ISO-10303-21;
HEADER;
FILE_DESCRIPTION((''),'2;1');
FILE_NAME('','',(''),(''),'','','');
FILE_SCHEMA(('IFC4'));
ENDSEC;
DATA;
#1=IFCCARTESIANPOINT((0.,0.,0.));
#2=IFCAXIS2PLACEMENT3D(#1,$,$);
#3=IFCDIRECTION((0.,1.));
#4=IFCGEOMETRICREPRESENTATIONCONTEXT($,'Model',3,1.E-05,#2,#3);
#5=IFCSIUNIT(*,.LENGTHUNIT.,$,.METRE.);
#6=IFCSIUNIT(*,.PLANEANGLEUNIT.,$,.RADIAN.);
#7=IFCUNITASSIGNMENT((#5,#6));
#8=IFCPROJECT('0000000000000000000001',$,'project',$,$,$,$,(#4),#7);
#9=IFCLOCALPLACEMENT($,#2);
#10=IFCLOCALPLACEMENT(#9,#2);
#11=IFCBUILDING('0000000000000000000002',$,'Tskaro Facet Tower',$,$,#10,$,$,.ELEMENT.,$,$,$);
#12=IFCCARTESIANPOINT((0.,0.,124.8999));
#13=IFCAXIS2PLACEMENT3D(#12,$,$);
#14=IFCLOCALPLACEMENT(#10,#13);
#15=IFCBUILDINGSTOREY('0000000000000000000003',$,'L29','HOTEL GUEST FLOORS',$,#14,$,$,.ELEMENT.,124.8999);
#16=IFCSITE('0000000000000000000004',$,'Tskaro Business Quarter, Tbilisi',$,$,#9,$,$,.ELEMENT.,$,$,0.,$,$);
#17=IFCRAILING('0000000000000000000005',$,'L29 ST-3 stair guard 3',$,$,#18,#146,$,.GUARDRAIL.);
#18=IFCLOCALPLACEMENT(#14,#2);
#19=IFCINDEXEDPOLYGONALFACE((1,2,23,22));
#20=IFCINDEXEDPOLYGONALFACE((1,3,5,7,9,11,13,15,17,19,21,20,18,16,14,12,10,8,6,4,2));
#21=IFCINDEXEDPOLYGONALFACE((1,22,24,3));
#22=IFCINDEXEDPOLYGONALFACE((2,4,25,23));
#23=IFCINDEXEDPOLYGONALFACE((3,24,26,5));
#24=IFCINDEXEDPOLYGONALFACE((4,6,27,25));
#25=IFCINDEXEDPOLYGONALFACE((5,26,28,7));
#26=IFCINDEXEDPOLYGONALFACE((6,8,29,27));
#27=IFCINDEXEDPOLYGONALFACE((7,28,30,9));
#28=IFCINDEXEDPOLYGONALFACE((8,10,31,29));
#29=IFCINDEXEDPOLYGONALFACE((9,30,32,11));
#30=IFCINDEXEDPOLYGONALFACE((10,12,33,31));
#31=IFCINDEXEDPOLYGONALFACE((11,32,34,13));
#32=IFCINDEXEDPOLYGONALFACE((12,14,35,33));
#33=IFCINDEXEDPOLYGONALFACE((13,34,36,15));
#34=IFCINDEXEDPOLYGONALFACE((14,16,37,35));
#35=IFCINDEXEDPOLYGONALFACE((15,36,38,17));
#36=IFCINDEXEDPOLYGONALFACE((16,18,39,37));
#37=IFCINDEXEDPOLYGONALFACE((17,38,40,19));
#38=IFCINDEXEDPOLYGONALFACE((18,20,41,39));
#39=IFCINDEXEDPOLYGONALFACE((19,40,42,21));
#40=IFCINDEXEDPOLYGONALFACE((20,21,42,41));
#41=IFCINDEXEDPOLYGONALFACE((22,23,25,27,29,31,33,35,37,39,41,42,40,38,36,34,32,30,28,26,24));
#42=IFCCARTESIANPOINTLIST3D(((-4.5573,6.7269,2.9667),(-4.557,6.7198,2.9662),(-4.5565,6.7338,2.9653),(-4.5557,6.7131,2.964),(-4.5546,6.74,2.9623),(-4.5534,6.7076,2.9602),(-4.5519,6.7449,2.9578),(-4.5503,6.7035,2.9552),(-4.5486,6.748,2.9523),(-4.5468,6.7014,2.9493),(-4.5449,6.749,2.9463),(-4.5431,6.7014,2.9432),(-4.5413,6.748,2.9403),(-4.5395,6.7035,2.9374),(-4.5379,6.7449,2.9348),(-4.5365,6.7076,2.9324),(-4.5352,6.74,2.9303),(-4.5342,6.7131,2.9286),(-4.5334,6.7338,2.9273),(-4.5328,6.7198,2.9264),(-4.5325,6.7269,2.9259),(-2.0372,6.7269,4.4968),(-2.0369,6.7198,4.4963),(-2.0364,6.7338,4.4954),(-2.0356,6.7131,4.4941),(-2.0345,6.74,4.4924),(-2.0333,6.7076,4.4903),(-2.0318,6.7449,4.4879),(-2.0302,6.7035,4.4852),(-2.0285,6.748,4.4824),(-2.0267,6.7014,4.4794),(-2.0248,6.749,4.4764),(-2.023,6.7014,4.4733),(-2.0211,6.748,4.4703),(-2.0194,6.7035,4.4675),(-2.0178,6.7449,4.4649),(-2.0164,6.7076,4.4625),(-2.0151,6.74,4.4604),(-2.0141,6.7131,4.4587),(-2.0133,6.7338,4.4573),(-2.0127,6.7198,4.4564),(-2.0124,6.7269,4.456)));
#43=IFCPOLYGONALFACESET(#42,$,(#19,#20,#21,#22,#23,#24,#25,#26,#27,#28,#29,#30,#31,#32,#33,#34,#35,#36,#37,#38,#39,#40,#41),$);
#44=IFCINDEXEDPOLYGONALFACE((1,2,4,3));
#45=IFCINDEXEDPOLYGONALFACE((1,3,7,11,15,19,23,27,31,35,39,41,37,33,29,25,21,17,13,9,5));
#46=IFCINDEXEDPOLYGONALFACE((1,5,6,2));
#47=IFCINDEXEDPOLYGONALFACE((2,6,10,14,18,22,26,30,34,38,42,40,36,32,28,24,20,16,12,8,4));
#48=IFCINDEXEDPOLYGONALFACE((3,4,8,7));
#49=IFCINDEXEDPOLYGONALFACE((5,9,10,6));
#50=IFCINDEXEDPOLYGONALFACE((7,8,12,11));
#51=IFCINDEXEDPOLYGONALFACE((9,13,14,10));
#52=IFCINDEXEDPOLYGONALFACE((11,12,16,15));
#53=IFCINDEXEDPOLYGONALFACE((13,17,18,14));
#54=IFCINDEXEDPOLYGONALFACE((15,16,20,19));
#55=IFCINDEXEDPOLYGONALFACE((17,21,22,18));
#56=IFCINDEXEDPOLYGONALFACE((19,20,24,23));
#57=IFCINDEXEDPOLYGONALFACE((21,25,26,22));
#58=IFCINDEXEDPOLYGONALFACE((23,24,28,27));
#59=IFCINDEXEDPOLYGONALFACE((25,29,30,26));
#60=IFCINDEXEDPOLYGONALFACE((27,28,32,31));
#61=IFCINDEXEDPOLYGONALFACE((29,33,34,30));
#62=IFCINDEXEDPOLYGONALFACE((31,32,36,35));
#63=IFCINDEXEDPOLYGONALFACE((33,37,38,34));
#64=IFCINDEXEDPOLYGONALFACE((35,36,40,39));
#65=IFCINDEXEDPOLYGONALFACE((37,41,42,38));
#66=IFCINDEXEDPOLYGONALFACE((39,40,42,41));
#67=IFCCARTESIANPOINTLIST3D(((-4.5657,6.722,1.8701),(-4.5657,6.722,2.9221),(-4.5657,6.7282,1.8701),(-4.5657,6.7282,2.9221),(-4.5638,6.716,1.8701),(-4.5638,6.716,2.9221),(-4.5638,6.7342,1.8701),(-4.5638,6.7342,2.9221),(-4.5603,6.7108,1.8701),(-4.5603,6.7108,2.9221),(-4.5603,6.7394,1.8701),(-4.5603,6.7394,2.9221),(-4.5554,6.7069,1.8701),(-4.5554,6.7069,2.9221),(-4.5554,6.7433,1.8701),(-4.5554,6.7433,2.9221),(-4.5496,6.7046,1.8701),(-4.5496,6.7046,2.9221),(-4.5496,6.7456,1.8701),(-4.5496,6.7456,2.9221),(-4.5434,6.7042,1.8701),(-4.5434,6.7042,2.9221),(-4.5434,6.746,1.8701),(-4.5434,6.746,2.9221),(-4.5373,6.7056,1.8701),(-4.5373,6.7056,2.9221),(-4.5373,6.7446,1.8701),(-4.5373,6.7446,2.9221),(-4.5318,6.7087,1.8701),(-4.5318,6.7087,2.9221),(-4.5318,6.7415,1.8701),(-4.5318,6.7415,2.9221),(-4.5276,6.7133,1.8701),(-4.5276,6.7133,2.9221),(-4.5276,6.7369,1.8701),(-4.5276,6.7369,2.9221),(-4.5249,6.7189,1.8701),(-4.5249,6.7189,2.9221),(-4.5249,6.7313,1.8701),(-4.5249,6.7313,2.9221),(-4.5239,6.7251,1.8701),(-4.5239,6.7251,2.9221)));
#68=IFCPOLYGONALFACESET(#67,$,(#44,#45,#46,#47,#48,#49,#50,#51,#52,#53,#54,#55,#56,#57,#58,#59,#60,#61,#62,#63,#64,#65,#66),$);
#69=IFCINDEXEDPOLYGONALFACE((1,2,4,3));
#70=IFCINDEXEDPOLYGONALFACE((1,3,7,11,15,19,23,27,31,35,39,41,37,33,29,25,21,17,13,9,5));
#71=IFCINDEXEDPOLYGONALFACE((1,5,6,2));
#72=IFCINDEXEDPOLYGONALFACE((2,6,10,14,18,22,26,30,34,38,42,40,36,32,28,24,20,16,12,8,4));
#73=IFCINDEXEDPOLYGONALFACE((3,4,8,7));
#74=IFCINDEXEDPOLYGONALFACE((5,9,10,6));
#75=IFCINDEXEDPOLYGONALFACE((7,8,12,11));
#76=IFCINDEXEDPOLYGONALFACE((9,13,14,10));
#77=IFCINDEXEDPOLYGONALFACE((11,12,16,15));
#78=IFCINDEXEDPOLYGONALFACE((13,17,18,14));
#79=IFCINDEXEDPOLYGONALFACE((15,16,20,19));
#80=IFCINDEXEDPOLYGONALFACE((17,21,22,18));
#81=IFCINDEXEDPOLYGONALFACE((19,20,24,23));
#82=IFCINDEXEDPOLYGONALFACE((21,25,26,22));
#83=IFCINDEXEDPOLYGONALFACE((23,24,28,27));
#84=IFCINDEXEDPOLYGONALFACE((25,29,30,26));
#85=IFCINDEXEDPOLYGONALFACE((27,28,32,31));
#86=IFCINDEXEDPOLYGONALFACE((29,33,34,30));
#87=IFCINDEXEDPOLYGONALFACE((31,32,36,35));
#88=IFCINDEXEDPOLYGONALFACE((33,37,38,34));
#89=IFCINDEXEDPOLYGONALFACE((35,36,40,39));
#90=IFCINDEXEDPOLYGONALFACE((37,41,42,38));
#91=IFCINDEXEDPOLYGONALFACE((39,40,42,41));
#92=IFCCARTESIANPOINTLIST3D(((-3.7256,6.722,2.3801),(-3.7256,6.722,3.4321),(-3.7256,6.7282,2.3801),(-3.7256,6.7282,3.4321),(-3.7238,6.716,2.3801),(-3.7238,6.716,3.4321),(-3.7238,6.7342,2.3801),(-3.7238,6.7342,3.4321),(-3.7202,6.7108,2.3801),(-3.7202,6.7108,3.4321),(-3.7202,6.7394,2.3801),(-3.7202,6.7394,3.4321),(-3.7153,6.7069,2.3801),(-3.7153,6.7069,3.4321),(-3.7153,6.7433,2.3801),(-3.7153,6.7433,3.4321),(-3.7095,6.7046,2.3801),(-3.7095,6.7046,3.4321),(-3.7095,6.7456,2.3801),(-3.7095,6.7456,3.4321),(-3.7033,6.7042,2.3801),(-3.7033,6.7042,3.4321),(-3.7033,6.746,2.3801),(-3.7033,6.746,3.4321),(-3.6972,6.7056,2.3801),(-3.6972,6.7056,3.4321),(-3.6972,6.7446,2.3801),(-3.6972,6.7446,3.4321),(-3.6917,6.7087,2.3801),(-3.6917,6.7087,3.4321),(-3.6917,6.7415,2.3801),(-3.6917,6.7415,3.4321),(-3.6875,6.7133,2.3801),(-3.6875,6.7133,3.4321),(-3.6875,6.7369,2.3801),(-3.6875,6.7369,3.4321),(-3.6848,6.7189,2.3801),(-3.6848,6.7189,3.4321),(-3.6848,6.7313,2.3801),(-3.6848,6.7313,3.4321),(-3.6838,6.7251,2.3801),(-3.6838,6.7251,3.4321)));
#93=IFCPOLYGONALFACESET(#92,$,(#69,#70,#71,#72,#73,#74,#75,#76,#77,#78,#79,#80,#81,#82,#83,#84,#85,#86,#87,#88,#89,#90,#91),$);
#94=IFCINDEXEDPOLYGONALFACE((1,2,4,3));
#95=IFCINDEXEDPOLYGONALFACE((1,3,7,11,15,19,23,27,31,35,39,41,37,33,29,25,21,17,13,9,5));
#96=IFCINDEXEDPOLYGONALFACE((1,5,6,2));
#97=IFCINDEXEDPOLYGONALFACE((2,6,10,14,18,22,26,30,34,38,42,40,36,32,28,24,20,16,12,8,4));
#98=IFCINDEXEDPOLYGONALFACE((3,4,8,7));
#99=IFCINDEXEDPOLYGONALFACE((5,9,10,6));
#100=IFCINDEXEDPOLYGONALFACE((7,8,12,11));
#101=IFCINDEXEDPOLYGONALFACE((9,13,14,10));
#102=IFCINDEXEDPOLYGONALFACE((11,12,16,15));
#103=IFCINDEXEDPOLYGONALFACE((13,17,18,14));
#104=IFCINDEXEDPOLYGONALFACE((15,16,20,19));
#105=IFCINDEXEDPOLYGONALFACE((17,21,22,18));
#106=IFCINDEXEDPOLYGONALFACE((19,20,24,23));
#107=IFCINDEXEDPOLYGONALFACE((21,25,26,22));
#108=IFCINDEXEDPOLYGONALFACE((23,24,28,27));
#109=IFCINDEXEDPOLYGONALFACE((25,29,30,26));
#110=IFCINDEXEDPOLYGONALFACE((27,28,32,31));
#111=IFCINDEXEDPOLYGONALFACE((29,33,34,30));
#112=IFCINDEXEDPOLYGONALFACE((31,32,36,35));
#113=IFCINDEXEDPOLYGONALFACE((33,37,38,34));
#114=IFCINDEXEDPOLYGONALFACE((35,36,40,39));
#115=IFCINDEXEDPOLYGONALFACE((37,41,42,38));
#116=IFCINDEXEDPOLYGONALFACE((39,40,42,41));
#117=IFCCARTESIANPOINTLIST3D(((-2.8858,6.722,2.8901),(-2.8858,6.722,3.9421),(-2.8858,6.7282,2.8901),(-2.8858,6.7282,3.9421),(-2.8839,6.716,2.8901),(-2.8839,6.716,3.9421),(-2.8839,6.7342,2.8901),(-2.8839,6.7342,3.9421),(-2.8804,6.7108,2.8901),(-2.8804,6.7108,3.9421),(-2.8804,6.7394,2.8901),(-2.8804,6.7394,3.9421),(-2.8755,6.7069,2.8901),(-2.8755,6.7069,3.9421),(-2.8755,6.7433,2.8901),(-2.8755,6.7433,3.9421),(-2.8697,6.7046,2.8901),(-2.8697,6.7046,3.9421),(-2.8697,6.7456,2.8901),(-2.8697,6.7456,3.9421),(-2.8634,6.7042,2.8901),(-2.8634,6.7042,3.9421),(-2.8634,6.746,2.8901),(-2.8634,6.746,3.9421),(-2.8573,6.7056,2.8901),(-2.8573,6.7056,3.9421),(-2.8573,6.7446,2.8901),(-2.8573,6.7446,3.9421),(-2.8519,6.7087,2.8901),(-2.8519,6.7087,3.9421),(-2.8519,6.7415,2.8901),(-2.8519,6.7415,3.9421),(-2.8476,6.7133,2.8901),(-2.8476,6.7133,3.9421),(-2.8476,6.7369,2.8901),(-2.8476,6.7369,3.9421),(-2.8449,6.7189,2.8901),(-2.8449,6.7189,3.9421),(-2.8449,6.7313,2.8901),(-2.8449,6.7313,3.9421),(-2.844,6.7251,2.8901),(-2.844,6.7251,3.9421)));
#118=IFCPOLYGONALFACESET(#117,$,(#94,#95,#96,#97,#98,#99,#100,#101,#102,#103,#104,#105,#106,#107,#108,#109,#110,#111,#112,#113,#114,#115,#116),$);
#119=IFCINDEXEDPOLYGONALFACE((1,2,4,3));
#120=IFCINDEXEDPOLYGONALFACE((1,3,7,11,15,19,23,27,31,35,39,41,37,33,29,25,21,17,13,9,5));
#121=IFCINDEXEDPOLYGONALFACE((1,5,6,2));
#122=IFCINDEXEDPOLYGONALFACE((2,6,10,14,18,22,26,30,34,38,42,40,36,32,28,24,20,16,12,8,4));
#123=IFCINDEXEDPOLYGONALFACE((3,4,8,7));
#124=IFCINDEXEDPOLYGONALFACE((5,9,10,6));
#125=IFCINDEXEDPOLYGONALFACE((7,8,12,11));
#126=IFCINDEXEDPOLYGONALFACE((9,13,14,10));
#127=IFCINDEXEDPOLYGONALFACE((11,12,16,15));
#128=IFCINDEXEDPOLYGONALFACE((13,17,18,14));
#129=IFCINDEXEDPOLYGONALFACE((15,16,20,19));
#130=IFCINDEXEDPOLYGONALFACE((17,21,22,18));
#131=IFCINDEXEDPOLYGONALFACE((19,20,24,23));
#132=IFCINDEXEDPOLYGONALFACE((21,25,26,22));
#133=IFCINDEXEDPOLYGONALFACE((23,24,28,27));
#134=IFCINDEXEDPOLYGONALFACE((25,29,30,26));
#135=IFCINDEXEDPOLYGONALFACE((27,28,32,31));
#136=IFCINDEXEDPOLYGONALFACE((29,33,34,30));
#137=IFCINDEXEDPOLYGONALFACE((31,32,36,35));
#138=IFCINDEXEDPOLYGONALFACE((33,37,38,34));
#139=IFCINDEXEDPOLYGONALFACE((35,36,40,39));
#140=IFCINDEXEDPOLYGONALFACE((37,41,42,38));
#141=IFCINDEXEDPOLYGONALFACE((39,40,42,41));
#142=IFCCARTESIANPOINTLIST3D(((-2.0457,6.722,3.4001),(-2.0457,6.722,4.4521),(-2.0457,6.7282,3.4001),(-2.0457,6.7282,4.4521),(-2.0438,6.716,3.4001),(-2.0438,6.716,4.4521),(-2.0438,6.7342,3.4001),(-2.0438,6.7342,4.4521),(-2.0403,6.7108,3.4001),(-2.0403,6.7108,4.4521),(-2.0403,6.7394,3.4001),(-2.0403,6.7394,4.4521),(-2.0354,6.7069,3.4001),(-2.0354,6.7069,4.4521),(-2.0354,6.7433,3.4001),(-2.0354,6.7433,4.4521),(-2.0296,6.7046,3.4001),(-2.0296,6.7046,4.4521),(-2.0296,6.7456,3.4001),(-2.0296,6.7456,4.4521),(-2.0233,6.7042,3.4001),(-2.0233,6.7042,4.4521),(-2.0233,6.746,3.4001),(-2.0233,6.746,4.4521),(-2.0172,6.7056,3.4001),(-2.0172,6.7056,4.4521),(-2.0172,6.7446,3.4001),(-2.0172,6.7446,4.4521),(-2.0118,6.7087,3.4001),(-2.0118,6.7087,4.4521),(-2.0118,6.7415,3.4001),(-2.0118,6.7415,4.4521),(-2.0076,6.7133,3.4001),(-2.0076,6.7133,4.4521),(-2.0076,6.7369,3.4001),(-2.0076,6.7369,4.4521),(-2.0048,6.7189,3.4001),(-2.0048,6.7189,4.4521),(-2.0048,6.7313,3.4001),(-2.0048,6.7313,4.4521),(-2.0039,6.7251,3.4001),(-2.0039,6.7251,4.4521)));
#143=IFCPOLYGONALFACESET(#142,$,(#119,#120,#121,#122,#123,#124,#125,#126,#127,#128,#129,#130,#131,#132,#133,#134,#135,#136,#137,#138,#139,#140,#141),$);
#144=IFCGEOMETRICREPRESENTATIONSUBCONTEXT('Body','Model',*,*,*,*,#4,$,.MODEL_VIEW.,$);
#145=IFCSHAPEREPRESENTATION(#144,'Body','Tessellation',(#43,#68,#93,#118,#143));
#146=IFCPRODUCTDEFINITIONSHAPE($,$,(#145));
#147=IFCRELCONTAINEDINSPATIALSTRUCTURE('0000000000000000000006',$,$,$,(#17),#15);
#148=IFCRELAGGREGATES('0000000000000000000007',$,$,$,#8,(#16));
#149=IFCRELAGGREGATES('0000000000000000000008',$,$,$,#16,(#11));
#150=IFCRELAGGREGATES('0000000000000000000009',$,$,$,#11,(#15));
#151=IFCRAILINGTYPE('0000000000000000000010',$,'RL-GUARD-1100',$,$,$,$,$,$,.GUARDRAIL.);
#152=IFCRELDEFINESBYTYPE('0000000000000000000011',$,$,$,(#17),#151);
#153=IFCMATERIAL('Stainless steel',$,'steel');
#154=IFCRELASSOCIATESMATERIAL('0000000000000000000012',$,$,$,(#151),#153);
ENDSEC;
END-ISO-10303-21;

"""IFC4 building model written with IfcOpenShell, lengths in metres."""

from ifc_helpers import new_model, si_unit, direction, frame, origin, origin_2d, place, context, subcontext, project, spatial, circle, extrude, material, type_object, element, save


model = new_model("IFC4")

# Units and contexts
model_context = context("Model", 3, precision=1e-05, world=origin(), true_north=direction((0.0, 1.0)))
body_context = subcontext(model_context, "Body", "Model", "MODEL_VIEW")
ifc_project = project(units=[si_unit("LENGTHUNIT", "METRE"), si_unit("PLANEANGLEUNIT", "RADIAN")], contexts=[model_context])

# Site, building, storey
site_placement = place(None, origin())
site = spatial("IfcSite", under=ifc_project, at=site_placement, Name="Tskaro Business Quarter, Tbilisi", CompositionType="ELEMENT", RefElevation=0.0)
building_placement = place(site_placement, origin())
building = spatial("IfcBuilding", under=site, at=building_placement, Name="Tskaro Facet Tower", CompositionType="ELEMENT")
storey_placement = place(building_placement, frame((0.0, 0.0, 124.8999)))
storey = spatial("IfcBuildingStorey", under=building, at=storey_placement, Name="L29", Description="HOTEL GUEST FLOORS", CompositionType="ELEMENT", Elevation=124.8999)

# Railing
ifc_material_1 = material(Name="Stainless steel", Category="steel")
railing_type_1 = type_object("IfcRailingType", Name="RL-GUARD-1100", PredefinedType="GUARDRAIL", material=ifc_material_1)
railing_1_placement = place(storey_placement, frame((-4.5449, 6.7251, 1.8701)))
element("IfcRailing", 1, at=railing_1_placement, inside=storey, type_object=railing_type_1, Name="L29 ST-3 stair guard 3", PredefinedType="GUARDRAIL", context=body_context, shape_type="SweptSolid", body=[
    extrude(circle(Radius=0.0239, at=origin_2d()), frame((0.0, 0.0, 1.0762), z_axis=(0.854785, 0.0, 0.518982), x_axis=(0.0, 1.0, 0.0)), (0.0, 0.0, 1.0), 2.9482),
    extrude(circle(Radius=0.021, at=origin_2d()), origin(), (0.0, 0.0, 1.0), 1.052),
    extrude(circle(Radius=0.021, at=origin_2d()), frame((0.8401, 0.0, 0.51)), (0.0, 0.0, 1.0), 1.052),
    extrude(circle(Radius=0.021, at=origin_2d()), frame((1.6799, 0.0, 1.02)), (0.0, 0.0, 1.0), 1.052),
    extrude(circle(Radius=0.021, at=origin_2d()), frame((2.52, 0.0, 1.53)), (0.0, 0.0, 1.0), 1.052),
])

save(model, "model.ifc")
